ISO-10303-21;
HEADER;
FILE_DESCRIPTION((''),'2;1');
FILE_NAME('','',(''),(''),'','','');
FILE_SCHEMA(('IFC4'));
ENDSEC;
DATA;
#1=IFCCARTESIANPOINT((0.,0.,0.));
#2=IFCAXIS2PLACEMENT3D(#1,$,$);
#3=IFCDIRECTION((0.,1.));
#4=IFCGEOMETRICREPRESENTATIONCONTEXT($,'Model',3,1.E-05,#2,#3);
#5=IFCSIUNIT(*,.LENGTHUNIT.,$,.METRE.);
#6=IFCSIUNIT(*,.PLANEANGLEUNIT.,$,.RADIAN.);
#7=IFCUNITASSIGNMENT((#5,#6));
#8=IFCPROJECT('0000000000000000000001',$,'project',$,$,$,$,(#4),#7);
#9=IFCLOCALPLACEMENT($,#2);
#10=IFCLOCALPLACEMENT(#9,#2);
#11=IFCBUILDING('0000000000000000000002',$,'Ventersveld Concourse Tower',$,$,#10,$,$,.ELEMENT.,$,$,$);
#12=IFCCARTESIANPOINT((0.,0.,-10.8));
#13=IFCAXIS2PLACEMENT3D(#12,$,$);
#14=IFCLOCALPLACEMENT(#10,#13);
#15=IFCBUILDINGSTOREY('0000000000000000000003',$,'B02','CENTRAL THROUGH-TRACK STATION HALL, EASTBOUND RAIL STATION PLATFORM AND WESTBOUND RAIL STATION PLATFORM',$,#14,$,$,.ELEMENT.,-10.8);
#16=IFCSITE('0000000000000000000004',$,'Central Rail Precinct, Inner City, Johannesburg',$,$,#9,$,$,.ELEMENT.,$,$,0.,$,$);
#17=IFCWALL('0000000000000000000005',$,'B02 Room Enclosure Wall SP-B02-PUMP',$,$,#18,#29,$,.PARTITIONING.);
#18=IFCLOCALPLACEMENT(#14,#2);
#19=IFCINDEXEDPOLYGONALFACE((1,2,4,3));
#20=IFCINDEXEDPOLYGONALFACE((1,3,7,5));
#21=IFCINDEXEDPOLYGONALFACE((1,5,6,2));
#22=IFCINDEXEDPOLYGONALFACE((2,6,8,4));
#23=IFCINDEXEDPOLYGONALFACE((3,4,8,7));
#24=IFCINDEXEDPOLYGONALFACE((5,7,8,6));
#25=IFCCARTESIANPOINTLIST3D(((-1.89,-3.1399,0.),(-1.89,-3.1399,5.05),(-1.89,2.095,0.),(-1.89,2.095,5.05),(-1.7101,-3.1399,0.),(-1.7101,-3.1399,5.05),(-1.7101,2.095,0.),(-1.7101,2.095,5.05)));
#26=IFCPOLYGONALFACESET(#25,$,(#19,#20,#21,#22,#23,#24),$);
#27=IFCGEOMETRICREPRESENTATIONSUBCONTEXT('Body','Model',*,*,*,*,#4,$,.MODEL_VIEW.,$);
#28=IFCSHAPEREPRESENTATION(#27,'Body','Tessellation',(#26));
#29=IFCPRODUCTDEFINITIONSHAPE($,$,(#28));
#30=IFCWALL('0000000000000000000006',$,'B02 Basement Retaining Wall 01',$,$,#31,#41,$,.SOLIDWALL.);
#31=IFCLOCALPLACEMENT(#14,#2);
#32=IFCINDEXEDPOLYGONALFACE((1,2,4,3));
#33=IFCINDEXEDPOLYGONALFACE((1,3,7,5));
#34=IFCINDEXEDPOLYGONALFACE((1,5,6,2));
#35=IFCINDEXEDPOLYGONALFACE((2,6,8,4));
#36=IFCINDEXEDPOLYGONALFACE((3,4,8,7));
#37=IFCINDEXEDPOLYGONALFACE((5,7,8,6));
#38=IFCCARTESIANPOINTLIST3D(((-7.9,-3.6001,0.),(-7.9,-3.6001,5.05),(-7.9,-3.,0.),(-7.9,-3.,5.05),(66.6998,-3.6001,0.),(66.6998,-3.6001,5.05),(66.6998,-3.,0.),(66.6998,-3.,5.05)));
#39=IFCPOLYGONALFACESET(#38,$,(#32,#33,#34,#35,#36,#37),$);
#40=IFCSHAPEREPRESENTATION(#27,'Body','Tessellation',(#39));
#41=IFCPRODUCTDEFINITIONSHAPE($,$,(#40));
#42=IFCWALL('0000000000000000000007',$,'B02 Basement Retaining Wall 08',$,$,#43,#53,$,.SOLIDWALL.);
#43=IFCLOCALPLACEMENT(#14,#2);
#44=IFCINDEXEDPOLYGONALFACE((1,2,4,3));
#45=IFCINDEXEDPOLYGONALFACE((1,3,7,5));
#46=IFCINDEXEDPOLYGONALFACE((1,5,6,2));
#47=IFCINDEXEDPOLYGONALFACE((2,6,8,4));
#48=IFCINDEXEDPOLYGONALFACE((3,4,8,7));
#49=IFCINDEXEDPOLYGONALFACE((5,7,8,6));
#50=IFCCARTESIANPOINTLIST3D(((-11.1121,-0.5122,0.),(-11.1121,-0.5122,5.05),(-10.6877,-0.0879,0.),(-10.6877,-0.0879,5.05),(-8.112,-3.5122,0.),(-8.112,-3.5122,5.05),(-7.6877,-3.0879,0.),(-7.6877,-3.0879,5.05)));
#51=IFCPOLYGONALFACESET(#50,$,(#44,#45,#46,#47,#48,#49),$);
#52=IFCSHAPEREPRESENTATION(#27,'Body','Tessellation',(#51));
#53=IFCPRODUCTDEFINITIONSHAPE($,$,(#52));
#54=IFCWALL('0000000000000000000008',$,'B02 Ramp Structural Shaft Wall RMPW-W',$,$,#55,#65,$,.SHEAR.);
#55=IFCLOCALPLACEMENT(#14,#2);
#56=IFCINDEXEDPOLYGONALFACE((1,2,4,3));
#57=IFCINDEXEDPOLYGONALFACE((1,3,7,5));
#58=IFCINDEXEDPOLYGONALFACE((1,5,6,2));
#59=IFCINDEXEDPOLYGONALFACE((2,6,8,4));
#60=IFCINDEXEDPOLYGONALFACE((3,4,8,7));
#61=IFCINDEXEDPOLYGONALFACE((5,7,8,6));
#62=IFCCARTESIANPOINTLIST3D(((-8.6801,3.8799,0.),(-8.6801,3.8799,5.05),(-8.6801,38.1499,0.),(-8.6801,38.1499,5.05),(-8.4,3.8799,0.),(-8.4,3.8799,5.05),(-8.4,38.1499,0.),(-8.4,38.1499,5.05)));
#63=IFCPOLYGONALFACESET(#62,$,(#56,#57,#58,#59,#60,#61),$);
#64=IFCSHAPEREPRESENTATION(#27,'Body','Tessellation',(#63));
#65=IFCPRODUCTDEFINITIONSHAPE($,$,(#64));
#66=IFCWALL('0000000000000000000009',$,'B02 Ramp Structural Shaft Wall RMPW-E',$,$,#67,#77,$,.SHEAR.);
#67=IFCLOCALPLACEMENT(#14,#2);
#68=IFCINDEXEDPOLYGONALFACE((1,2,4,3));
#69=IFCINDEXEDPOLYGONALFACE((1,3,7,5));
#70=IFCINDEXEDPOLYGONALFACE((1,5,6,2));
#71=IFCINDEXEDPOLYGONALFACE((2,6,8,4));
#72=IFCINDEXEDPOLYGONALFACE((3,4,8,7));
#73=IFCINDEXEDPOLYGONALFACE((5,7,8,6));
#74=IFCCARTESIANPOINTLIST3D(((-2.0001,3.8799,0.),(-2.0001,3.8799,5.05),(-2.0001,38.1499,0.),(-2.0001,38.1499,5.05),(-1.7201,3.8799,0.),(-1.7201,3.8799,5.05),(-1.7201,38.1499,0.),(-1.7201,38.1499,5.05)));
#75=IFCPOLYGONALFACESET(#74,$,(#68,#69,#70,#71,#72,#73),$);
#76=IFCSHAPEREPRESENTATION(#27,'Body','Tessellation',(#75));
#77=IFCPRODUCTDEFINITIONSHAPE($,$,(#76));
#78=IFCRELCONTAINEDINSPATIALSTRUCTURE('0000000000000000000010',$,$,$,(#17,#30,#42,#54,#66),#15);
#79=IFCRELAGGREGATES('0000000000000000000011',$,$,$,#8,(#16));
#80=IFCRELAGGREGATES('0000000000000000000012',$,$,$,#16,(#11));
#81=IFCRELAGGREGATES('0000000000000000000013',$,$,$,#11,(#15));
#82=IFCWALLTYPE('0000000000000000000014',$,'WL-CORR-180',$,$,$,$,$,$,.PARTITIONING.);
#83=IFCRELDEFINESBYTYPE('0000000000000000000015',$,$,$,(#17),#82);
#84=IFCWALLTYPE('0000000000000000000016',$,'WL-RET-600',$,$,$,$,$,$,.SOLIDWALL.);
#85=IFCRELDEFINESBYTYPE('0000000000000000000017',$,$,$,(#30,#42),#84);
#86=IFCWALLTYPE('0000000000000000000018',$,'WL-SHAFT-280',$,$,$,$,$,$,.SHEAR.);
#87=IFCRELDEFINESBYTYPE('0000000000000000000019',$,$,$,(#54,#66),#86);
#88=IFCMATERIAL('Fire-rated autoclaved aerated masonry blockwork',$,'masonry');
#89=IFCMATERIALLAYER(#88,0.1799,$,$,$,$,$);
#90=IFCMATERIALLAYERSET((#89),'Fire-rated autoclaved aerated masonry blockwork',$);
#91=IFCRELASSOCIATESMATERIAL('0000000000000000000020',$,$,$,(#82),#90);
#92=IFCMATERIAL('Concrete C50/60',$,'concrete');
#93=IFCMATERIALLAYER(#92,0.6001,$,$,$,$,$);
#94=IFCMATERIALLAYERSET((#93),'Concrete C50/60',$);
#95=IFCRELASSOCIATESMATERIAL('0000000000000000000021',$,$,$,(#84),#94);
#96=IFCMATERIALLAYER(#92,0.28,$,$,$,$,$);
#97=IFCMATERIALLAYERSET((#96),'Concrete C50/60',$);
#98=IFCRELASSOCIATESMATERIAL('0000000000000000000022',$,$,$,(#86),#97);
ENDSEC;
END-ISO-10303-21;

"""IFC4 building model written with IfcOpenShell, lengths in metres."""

from ifc_helpers import new_model, si_unit, direction, frame, frame_2d, origin, place, context, subcontext, project, spatial, rectangle, extrude, material, layer, layer_set, type_object, element, save


model = new_model("IFC4")

# Units and contexts
model_context = context("Model", 3, precision=1e-05, world=origin(), true_north=direction((0.0, 1.0)))
body_context = subcontext(model_context, "Body", "Model", "MODEL_VIEW")
ifc_project = project(units=[si_unit("LENGTHUNIT", "METRE"), si_unit("PLANEANGLEUNIT", "RADIAN")], contexts=[model_context])

# Site, building, storey
site_placement = place(None, origin())
site = spatial("IfcSite", under=ifc_project, at=site_placement, Name="Central Rail Precinct, Inner City, Johannesburg", CompositionType="ELEMENT", RefElevation=0.0)
building_placement = place(site_placement, origin())
building = spatial("IfcBuilding", under=site, at=building_placement, Name="Ventersveld Concourse Tower", CompositionType="ELEMENT")
storey_placement = place(building_placement, frame((0.0, 0.0, -10.8)))
storey = spatial("IfcBuildingStorey", under=building, at=storey_placement, Name="B02", Description="CENTRAL THROUGH-TRACK STATION HALL, EASTBOUND RAIL STATION PLATFORM AND WESTBOUND RAIL STATION PLATFORM", CompositionType="ELEMENT", Elevation=-10.8)

# Shared definitions
ifc_material_1 = material(Name="Concrete C50/60", Category="concrete")

# Walls
ifc_material_2 = material(Name="Fire-rated autoclaved aerated masonry blockwork", Category="masonry")
ifc_layer_1 = layer(ifc_material_2, 0.1799)
ifc_layer_set_1 = layer_set([ifc_layer_1], Name="Fire-rated autoclaved aerated masonry blockwork")
wall_type_1 = type_object("IfcWallType", Name="WL-CORR-180", PredefinedType="PARTITIONING", material=ifc_layer_set_1)
wall_1_placement = place(storey_placement, frame((-1.8, 2.095, 0.0), z_axis=(0.0, 0.0, 1.0), x_axis=(0.0, -1.0, 0.0)))
element("IfcWall", 1, at=wall_1_placement, inside=storey, type_object=wall_type_1, Name="B02 Room Enclosure Wall SP-B02-PUMP", PredefinedType="PARTITIONING", context=body_context, shape_type="SweptSolid", body=[
    extrude(rectangle(XDim=5.2349, YDim=0.1799, at=frame_2d((2.6174, 0.0))), origin(), (0.0, 0.0, 1.0), 5.05),
])
ifc_layer_2 = layer(ifc_material_1, 0.6001)
ifc_layer_set_2 = layer_set([ifc_layer_2], Name="Concrete C50/60")
wall_type_2 = type_object("IfcWallType", Name="WL-RET-600", PredefinedType="SOLIDWALL", material=ifc_layer_set_2)
wall_2_placement = place(storey_placement, frame((-7.8999, -3.3, 0.0), z_axis=(0.0, 0.0, 1.0), x_axis=(1.0, 0.0, 0.0)))
element("IfcWall", 2, at=wall_2_placement, inside=storey, type_object=wall_type_2, Name="B02 Basement Retaining Wall 01", PredefinedType="SOLIDWALL", context=body_context, shape_type="SweptSolid", body=[
    extrude(rectangle(XDim=74.5999, YDim=0.6001, at=frame_2d((37.2998, 0.0))), origin(), (0.0, 0.0, 1.0), 5.05),
])
wall_3_placement = place(storey_placement, frame((-10.8999, -0.3, 0.0), z_axis=(0.0, 0.0, 1.0), x_axis=(0.707107, -0.707107, 0.0)))
element("IfcWall", 3, at=wall_3_placement, inside=storey, type_object=wall_type_2, Name="B02 Basement Retaining Wall 08", PredefinedType="SOLIDWALL", context=body_context, shape_type="SweptSolid", body=[
    extrude(rectangle(XDim=4.2427, YDim=0.6001, at=frame_2d((2.1213, 0.0))), origin(), (0.0, 0.0, 1.0), 5.05),
])
ifc_layer_3 = layer(ifc_material_1, 0.28)
ifc_layer_set_3 = layer_set([ifc_layer_3], Name="Concrete C50/60")
wall_type_3 = type_object("IfcWallType", Name="WL-SHAFT-280", PredefinedType="SHEAR", material=ifc_layer_set_3)
for number, where, z_axis, x_axis, name in (
    (4, (-8.54, 3.8799, 0.0), (0.0, 0.0, 1.0), (0.0, 1.0, 0.0), "B02 Ramp Structural Shaft Wall RMPW-W"),
    (5, (-1.8601, 3.8799, 0.0), (0.0, 0.0, 1.0), (0.0, 1.0, 0.0), "B02 Ramp Structural Shaft Wall RMPW-E"),
):
    element("IfcWall", number, at=place(storey_placement, frame(where, z_axis=z_axis, x_axis=x_axis)), inside=storey, type_object=wall_type_3, Name=name, PredefinedType="SHEAR", context=body_context, shape_type="SweptSolid", body=[
        extrude(rectangle(XDim=34.27, YDim=0.28, at=frame_2d((17.135, 0.0))), origin(), (0.0, 0.0, 1.0), 5.05),
    ])

save(model, "model.ifc")
